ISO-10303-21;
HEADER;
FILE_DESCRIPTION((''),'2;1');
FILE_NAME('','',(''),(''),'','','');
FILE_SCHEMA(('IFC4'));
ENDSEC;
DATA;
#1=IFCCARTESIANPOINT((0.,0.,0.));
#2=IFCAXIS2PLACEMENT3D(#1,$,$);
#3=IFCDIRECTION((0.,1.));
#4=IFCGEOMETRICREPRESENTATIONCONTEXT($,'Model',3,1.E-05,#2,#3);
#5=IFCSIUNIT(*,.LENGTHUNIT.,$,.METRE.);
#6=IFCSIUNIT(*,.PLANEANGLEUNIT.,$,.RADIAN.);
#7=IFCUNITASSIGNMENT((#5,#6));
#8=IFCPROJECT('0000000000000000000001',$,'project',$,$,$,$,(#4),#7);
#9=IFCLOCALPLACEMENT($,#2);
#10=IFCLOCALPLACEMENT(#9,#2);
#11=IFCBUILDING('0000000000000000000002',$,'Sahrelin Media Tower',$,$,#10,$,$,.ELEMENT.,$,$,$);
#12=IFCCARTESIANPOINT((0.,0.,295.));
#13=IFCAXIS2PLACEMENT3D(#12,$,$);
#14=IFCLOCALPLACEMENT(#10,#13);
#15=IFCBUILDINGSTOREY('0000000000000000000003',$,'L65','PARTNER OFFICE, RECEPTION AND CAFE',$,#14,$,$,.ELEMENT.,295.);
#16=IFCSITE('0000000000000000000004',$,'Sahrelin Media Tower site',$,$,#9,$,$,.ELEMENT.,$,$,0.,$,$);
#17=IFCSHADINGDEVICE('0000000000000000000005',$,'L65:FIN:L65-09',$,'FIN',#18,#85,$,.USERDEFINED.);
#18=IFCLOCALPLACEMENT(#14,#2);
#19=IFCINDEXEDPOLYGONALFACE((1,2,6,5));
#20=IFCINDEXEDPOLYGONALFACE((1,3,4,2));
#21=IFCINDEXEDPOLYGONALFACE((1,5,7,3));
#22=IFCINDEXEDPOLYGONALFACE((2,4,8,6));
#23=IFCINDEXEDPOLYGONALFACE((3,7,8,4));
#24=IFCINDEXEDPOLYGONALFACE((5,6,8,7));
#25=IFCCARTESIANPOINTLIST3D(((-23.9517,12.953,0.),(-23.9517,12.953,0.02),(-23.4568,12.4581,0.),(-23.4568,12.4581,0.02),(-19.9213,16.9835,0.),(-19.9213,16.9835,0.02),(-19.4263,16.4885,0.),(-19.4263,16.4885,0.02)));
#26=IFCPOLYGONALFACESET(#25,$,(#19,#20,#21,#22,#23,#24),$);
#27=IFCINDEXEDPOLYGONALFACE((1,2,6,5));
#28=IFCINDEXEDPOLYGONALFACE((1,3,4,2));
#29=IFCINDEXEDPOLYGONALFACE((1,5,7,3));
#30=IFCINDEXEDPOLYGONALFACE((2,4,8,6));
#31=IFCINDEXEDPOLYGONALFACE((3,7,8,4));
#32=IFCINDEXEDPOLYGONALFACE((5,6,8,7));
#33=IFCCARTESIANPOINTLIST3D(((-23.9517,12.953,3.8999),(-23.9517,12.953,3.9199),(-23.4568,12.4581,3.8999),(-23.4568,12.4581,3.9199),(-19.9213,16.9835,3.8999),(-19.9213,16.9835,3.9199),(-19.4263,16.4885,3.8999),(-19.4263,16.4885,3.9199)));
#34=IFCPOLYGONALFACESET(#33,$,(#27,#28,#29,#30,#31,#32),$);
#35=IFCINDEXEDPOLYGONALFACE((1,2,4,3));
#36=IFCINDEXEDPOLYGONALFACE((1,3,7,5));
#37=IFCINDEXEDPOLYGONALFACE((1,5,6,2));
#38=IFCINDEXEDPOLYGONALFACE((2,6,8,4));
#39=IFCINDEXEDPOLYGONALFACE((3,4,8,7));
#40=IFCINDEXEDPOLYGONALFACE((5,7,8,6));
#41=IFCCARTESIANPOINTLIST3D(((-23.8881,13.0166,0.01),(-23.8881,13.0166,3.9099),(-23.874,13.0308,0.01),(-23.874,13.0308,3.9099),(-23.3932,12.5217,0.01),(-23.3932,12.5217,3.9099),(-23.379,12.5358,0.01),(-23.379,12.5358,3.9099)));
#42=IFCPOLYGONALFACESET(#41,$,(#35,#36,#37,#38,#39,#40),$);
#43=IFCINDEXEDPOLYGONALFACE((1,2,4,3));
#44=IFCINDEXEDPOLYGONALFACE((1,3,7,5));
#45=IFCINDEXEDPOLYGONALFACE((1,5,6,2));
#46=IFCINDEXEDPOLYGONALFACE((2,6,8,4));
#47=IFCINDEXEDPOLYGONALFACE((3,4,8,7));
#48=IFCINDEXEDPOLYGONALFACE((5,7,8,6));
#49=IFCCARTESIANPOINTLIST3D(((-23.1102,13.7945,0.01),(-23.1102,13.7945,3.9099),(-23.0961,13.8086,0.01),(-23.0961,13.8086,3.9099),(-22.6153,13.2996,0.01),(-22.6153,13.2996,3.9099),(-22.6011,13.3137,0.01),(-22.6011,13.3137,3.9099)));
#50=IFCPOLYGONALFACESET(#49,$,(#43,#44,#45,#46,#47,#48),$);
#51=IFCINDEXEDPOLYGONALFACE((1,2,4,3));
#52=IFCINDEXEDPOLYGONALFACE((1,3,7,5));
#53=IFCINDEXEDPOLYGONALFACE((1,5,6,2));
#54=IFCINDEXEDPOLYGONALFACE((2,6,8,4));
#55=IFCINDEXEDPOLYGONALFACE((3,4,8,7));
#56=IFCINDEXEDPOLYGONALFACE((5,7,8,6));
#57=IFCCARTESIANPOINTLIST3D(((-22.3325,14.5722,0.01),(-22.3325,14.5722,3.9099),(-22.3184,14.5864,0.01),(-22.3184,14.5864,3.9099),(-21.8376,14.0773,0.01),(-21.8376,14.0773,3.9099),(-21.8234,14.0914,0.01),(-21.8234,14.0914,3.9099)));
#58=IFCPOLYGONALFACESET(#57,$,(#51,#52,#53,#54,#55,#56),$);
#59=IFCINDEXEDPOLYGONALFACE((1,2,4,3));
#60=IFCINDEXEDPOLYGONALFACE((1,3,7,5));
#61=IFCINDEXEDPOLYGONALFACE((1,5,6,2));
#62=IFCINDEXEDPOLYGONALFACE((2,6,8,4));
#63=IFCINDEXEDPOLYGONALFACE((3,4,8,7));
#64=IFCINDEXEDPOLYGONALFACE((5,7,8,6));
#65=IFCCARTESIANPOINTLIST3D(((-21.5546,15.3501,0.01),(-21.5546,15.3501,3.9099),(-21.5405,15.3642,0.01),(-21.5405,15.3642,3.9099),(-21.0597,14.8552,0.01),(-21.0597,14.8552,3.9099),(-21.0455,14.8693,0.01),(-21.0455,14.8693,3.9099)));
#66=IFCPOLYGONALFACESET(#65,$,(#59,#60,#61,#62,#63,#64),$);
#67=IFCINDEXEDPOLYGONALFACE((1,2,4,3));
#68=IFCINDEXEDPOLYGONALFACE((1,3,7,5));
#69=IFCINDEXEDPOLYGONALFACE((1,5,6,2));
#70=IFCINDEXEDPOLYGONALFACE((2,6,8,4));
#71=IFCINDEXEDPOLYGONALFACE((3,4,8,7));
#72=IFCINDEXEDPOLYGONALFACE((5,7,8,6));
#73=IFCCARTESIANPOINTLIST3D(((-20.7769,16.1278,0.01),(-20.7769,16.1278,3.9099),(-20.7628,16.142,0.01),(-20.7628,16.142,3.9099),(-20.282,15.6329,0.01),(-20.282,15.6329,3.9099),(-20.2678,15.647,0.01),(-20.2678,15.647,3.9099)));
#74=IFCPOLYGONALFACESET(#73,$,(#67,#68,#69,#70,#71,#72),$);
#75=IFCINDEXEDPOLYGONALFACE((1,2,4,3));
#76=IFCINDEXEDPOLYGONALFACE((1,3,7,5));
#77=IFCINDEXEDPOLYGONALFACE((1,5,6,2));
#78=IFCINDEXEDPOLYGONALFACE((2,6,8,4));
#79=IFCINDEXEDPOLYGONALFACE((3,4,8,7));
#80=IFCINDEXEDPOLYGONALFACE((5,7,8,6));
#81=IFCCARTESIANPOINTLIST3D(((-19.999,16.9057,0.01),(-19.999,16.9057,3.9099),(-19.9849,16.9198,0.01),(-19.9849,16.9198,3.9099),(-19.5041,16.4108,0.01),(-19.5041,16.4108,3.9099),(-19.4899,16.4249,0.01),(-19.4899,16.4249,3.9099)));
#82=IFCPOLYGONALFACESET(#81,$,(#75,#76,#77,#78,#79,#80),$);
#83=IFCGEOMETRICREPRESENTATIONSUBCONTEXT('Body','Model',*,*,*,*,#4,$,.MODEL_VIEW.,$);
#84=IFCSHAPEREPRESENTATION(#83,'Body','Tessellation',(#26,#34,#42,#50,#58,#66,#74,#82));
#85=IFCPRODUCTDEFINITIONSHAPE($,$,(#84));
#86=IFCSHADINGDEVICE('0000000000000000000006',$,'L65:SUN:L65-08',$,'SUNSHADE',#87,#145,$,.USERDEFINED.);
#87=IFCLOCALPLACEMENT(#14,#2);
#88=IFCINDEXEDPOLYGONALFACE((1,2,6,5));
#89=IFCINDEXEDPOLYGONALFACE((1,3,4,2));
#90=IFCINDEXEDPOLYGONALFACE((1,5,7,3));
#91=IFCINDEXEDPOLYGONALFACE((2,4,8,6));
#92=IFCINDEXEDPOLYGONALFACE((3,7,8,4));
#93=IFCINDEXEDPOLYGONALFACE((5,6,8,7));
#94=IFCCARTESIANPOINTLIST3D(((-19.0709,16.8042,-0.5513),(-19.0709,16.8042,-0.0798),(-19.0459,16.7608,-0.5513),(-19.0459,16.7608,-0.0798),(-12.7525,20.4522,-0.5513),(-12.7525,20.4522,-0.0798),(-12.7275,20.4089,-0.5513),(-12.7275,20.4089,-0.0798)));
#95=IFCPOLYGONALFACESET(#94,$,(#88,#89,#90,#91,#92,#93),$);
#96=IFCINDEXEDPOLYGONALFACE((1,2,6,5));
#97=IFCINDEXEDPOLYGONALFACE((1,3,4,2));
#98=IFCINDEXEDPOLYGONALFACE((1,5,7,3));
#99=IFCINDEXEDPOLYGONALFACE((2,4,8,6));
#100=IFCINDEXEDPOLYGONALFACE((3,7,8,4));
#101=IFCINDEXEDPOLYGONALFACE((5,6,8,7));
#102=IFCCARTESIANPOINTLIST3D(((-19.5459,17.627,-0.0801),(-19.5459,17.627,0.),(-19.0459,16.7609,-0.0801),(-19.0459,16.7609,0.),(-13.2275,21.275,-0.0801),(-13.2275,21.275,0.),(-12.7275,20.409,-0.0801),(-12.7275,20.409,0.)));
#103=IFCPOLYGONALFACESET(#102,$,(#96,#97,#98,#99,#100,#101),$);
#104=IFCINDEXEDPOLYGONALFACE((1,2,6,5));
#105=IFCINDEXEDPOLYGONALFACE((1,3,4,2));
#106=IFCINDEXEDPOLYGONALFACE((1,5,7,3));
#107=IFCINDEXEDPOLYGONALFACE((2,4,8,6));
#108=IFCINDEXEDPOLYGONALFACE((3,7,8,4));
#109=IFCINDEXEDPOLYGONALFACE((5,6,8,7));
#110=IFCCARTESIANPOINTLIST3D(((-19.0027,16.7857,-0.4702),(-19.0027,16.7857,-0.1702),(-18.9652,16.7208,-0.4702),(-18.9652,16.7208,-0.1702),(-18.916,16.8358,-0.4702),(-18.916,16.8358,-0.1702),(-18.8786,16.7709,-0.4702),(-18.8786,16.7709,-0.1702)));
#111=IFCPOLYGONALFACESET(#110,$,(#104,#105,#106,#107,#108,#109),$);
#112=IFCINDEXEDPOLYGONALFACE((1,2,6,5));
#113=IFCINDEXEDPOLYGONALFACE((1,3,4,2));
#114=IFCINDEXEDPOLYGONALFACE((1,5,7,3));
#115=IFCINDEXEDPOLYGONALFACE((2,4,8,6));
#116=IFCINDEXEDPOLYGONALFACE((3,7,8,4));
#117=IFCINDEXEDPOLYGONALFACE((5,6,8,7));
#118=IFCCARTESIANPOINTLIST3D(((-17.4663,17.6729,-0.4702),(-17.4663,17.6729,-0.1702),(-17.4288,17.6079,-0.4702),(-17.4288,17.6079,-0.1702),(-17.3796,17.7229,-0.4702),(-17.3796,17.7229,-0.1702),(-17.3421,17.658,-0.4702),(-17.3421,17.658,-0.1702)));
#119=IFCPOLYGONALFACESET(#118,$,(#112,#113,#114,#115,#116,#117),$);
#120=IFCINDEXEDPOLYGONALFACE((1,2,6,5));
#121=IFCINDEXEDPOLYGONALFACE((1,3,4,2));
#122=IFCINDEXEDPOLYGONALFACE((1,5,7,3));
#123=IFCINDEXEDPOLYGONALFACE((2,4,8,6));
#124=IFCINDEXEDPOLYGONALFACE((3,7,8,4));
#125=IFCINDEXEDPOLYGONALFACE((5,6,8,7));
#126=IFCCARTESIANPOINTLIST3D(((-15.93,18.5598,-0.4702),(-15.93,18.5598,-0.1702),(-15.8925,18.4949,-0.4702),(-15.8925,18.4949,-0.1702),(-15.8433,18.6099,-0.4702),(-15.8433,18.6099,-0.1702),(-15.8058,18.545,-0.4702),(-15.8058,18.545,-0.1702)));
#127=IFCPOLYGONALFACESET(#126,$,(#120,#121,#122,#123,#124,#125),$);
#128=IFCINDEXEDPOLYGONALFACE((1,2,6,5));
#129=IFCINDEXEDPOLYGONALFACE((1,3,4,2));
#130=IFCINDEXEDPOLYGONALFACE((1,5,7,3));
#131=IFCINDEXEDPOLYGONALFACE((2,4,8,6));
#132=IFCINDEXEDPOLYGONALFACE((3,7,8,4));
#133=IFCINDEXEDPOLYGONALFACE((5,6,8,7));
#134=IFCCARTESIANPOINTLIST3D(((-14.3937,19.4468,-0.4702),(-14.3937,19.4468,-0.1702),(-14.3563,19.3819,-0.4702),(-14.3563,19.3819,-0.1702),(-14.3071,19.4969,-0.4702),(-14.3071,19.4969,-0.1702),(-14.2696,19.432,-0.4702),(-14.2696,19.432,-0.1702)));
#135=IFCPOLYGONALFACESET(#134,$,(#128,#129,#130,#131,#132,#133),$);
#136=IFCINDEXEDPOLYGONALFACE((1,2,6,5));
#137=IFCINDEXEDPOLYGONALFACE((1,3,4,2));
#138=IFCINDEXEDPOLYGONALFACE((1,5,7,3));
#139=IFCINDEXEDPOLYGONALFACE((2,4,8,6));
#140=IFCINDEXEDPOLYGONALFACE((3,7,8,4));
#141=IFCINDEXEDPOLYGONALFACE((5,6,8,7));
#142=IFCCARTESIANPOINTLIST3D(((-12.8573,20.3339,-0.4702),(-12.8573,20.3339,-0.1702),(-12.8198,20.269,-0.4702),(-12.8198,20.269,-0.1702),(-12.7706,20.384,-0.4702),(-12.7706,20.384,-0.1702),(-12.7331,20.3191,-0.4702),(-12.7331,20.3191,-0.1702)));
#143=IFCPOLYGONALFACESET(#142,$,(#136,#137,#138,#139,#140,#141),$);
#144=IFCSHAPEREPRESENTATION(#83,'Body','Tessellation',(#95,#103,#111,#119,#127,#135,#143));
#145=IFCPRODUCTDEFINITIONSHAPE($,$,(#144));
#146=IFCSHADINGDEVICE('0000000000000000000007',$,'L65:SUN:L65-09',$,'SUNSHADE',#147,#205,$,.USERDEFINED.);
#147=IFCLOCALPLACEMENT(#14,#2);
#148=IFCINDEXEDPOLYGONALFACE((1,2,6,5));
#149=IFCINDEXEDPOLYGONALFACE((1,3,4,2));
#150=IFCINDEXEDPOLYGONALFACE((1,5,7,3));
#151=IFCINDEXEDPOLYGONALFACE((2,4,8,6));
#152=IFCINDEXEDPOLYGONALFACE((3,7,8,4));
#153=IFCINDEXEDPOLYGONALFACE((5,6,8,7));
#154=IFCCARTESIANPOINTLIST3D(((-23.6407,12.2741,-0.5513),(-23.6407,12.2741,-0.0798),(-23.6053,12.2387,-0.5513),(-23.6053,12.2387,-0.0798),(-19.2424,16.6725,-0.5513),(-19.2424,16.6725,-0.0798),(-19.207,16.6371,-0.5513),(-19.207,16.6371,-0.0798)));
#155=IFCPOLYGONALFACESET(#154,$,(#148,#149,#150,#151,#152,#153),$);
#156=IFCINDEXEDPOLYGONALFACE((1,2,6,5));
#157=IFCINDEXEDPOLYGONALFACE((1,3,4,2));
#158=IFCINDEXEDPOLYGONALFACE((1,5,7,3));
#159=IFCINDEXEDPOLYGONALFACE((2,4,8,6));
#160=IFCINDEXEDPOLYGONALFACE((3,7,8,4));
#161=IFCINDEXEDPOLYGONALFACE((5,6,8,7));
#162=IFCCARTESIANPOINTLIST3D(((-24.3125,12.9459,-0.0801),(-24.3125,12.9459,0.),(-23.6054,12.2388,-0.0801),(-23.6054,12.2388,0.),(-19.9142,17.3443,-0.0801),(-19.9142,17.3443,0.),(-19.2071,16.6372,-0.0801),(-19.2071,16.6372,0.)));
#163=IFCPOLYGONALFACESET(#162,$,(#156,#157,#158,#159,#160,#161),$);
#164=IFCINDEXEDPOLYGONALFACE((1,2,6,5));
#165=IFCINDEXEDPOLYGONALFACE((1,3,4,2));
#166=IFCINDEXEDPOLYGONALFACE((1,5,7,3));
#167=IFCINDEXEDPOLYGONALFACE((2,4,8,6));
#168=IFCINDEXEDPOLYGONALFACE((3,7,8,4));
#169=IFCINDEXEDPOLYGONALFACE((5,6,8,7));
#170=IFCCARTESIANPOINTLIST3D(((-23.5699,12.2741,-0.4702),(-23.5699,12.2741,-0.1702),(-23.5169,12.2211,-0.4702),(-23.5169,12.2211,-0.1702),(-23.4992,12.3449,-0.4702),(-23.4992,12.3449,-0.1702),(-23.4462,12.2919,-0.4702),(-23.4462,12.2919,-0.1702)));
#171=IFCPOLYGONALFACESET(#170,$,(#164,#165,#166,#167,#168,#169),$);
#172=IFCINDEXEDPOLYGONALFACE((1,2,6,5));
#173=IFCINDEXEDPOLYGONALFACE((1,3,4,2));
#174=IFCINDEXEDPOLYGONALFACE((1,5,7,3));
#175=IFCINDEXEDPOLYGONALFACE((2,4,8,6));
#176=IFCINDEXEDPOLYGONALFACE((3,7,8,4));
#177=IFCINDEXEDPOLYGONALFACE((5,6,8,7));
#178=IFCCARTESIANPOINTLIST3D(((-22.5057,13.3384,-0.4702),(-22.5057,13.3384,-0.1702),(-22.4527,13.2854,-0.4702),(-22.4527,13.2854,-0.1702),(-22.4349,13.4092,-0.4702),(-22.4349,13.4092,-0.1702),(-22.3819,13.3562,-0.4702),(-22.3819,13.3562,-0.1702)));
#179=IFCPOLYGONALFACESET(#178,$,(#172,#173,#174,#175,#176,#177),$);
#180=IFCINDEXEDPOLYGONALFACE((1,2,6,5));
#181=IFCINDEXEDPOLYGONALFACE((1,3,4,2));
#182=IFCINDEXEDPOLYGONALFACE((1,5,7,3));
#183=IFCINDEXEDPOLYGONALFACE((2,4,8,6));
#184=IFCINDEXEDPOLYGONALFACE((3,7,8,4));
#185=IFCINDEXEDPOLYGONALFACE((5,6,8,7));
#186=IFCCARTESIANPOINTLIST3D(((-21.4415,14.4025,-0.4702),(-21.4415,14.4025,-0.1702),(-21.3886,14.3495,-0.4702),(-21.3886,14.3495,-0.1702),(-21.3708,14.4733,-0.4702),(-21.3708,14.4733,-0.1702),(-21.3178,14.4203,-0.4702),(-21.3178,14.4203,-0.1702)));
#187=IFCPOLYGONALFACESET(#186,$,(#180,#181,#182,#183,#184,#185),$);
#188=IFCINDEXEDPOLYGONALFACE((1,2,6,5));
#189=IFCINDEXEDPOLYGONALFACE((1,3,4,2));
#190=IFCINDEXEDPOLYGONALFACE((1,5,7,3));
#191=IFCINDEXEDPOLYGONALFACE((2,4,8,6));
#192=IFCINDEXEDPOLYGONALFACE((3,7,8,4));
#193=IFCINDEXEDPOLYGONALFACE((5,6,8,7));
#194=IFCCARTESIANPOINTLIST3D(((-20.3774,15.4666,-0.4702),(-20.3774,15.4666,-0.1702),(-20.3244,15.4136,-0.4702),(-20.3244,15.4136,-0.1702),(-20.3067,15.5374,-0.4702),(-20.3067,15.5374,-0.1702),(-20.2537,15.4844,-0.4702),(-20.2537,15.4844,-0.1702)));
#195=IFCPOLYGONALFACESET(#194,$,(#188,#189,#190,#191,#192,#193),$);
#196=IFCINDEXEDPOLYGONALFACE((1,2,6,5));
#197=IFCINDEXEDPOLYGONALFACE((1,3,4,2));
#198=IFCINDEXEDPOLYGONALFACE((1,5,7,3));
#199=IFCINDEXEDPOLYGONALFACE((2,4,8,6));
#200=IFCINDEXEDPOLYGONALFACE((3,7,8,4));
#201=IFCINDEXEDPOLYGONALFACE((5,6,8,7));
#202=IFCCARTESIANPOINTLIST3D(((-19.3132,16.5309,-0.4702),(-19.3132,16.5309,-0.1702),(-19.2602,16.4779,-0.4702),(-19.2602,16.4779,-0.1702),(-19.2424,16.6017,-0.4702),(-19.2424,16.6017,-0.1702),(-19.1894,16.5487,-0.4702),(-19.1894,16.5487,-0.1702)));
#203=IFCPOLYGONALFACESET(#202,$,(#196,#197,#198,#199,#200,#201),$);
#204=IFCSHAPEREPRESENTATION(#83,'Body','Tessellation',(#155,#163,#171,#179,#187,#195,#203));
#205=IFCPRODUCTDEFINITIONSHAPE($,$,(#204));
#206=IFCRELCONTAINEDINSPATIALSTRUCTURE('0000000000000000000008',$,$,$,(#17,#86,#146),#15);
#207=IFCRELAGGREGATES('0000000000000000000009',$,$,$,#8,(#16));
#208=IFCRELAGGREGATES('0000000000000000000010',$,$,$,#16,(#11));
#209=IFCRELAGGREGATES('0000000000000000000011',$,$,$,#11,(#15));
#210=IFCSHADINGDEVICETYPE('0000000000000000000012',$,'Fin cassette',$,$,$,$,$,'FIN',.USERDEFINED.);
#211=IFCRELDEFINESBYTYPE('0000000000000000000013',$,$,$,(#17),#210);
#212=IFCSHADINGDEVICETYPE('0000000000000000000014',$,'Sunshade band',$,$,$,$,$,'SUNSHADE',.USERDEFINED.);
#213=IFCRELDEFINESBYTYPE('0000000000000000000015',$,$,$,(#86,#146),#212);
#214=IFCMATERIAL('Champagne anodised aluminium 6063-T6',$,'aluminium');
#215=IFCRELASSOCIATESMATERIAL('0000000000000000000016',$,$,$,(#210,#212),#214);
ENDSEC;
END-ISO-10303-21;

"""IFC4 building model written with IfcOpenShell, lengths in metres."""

from ifc_helpers import new_model, si_unit, direction, frame, origin, origin_2d, place, context, subcontext, project, spatial, rectangle, extrude, material, type_object, element, save


model = new_model("IFC4")

# Units and contexts
model_context = context("Model", 3, precision=1e-05, world=origin(), true_north=direction((0.0, 1.0)))
body_context = subcontext(model_context, "Body", "Model", "MODEL_VIEW")
ifc_project = project(units=[si_unit("LENGTHUNIT", "METRE"), si_unit("PLANEANGLEUNIT", "RADIAN")], contexts=[model_context])

# Site, building, storey
site_placement = place(None, origin())
site = spatial("IfcSite", under=ifc_project, at=site_placement, Name="Sahrelin Media Tower site", CompositionType="ELEMENT", RefElevation=0.0)
building_placement = place(site_placement, origin())
building = spatial("IfcBuilding", under=site, at=building_placement, Name="Sahrelin Media Tower", CompositionType="ELEMENT")
storey_placement = place(building_placement, frame((0.0, 0.0, 295.0)))
storey = spatial("IfcBuildingStorey", under=building, at=storey_placement, Name="L65", Description="PARTNER OFFICE, RECEPTION AND CAFE", CompositionType="ELEMENT", Elevation=295.0)

# Shared definitions
ifc_material_1 = material(Name="Champagne anodised aluminium 6063-T6", Category="aluminium")

# Shading devices
shading_device_type_1 = type_object("IfcShadingDeviceType", Name="Fin cassette", ElementType="FIN", PredefinedType="USERDEFINED", material=ifc_material_1)
placement_1 = place(storey_placement, frame((-15.8767, 18.5676, 0.0), z_axis=(0.0, 0.0, 1.0), x_axis=(0.866019, 0.500011, 0.0)))
placement_2 = place(storey_placement, frame((-21.3921, 14.4238, 0.0), z_axis=(0.0, 0.0, 1.0), x_axis=(0.707107, 0.707107, 0.0)))
element("IfcShadingDevice", 1, at=placement_2, inside=storey, type_object=shading_device_type_1, Name="L65:FIN:L65-09", ObjectType="FIN", PredefinedType="USERDEFINED", context=body_context, shape_type="SweptSolid", body=[
    extrude(rectangle(XDim=5.7, YDim=0.7, at=origin_2d()), frame((0.0, 0.4199, 0.0)), (0.0, 0.0, 1.0), 0.02),
    extrude(rectangle(XDim=5.7, YDim=0.7, at=origin_2d()), frame((0.0, 0.4199, 3.8999)), (0.0, 0.0, 1.0), 0.02),
    extrude(rectangle(XDim=0.02, YDim=0.7, at=origin_2d()), frame((-2.75, 0.4199, 0.01), z_axis=(0.0, 0.0, 1.0), x_axis=(1.0, 0.0, 0.0)), (0.0, 0.0, 1.0), 3.8999),
    extrude(rectangle(XDim=0.02, YDim=0.7, at=origin_2d()), frame((-1.6499, 0.4199, 0.01), z_axis=(0.0, 0.0, 1.0), x_axis=(1.0, 0.0, 0.0)), (0.0, 0.0, 1.0), 3.8999),
    extrude(rectangle(XDim=0.02, YDim=0.7, at=origin_2d()), frame((-0.55, 0.4199, 0.01), z_axis=(0.0, 0.0, 1.0), x_axis=(1.0, 0.0, 0.0)), (0.0, 0.0, 1.0), 3.8999),
    extrude(rectangle(XDim=0.02, YDim=0.7, at=origin_2d()), frame((0.55, 0.4199, 0.01), z_axis=(0.0, 0.0, 1.0), x_axis=(1.0, 0.0, 0.0)), (0.0, 0.0, 1.0), 3.8999),
    extrude(rectangle(XDim=0.02, YDim=0.7, at=origin_2d()), frame((1.6499, 0.4199, 0.01), z_axis=(0.0, 0.0, 1.0), x_axis=(1.0, 0.0, 0.0)), (0.0, 0.0, 1.0), 3.8999),
    extrude(rectangle(XDim=0.02, YDim=0.7, at=origin_2d()), frame((2.75, 0.4199, 0.01), z_axis=(0.0, 0.0, 1.0), x_axis=(1.0, 0.0, 0.0)), (0.0, 0.0, 1.0), 3.8999),
])
shading_device_type_2 = type_object("IfcShadingDeviceType", Name="Sunshade band", ElementType="SUNSHADE", PredefinedType="USERDEFINED", material=ifc_material_1)
element("IfcShadingDevice", 2, at=placement_1, inside=storey, type_object=shading_device_type_2, Name="L65:SUN:L65-08", ObjectType="SUNSHADE", PredefinedType="USERDEFINED", context=body_context, shape_type="SweptSolid", body=[
    extrude(rectangle(XDim=7.2959, YDim=0.05, at=origin_2d()), frame((0.0, 0.0449, -0.5513)), (0.0, 0.0, 1.0), 0.4714),
    extrude(rectangle(XDim=7.2959, YDim=1.0, at=origin_2d()), frame((0.0, 0.52, -0.0801)), (0.0, 0.0, 1.0), 0.0801),
    extrude(rectangle(XDim=0.1001, YDim=0.075, at=origin_2d()), frame((-3.5481, -0.0176, -0.4702)), (0.0, 0.0, 1.0), 0.3),
    extrude(rectangle(XDim=0.1001, YDim=0.075, at=origin_2d()), frame((-1.7739, -0.0176, -0.4702)), (0.0, 0.0, 1.0), 0.3),
    extrude(rectangle(XDim=0.1001, YDim=0.075, at=origin_2d()), frame((0.0, -0.0176, -0.4702)), (0.0, 0.0, 1.0), 0.3),
    extrude(rectangle(XDim=0.1001, YDim=0.075, at=origin_2d()), frame((1.7739, -0.0176, -0.4702)), (0.0, 0.0, 1.0), 0.3),
    extrude(rectangle(XDim=0.1001, YDim=0.075, at=origin_2d()), frame((3.5481, -0.0176, -0.4702)), (0.0, 0.0, 1.0), 0.3),
])
element("IfcShadingDevice", 3, at=placement_2, inside=storey, type_object=shading_device_type_2, Name="L65:SUN:L65-09", ObjectType="SUNSHADE", PredefinedType="USERDEFINED", context=body_context, shape_type="SweptSolid", body=[
    extrude(rectangle(XDim=6.2202, YDim=0.05, at=origin_2d()), frame((0.0, 0.0449, -0.5513)), (0.0, 0.0, 1.0), 0.4714),
    extrude(rectangle(XDim=6.2202, YDim=1.0, at=origin_2d()), frame((0.0, 0.52, -0.0801)), (0.0, 0.0, 1.0), 0.0801),
    extrude(rectangle(XDim=0.1001, YDim=0.075, at=origin_2d()), frame((-3.01, -0.0176, -0.4702)), (0.0, 0.0, 1.0), 0.3),
    extrude(rectangle(XDim=0.1001, YDim=0.075, at=origin_2d()), frame((-1.5049, -0.0176, -0.4702)), (0.0, 0.0, 1.0), 0.3),
    extrude(rectangle(XDim=0.1001, YDim=0.075, at=origin_2d()), frame((0.0, -0.0176, -0.4702)), (0.0, 0.0, 1.0), 0.3),
    extrude(rectangle(XDim=0.1001, YDim=0.075, at=origin_2d()), frame((1.5049, -0.0176, -0.4702)), (0.0, 0.0, 1.0), 0.3),
    extrude(rectangle(XDim=0.1001, YDim=0.075, at=origin_2d()), frame((3.01, -0.0176, -0.4702)), (0.0, 0.0, 1.0), 0.3),
])

save(model, "model.ifc")
